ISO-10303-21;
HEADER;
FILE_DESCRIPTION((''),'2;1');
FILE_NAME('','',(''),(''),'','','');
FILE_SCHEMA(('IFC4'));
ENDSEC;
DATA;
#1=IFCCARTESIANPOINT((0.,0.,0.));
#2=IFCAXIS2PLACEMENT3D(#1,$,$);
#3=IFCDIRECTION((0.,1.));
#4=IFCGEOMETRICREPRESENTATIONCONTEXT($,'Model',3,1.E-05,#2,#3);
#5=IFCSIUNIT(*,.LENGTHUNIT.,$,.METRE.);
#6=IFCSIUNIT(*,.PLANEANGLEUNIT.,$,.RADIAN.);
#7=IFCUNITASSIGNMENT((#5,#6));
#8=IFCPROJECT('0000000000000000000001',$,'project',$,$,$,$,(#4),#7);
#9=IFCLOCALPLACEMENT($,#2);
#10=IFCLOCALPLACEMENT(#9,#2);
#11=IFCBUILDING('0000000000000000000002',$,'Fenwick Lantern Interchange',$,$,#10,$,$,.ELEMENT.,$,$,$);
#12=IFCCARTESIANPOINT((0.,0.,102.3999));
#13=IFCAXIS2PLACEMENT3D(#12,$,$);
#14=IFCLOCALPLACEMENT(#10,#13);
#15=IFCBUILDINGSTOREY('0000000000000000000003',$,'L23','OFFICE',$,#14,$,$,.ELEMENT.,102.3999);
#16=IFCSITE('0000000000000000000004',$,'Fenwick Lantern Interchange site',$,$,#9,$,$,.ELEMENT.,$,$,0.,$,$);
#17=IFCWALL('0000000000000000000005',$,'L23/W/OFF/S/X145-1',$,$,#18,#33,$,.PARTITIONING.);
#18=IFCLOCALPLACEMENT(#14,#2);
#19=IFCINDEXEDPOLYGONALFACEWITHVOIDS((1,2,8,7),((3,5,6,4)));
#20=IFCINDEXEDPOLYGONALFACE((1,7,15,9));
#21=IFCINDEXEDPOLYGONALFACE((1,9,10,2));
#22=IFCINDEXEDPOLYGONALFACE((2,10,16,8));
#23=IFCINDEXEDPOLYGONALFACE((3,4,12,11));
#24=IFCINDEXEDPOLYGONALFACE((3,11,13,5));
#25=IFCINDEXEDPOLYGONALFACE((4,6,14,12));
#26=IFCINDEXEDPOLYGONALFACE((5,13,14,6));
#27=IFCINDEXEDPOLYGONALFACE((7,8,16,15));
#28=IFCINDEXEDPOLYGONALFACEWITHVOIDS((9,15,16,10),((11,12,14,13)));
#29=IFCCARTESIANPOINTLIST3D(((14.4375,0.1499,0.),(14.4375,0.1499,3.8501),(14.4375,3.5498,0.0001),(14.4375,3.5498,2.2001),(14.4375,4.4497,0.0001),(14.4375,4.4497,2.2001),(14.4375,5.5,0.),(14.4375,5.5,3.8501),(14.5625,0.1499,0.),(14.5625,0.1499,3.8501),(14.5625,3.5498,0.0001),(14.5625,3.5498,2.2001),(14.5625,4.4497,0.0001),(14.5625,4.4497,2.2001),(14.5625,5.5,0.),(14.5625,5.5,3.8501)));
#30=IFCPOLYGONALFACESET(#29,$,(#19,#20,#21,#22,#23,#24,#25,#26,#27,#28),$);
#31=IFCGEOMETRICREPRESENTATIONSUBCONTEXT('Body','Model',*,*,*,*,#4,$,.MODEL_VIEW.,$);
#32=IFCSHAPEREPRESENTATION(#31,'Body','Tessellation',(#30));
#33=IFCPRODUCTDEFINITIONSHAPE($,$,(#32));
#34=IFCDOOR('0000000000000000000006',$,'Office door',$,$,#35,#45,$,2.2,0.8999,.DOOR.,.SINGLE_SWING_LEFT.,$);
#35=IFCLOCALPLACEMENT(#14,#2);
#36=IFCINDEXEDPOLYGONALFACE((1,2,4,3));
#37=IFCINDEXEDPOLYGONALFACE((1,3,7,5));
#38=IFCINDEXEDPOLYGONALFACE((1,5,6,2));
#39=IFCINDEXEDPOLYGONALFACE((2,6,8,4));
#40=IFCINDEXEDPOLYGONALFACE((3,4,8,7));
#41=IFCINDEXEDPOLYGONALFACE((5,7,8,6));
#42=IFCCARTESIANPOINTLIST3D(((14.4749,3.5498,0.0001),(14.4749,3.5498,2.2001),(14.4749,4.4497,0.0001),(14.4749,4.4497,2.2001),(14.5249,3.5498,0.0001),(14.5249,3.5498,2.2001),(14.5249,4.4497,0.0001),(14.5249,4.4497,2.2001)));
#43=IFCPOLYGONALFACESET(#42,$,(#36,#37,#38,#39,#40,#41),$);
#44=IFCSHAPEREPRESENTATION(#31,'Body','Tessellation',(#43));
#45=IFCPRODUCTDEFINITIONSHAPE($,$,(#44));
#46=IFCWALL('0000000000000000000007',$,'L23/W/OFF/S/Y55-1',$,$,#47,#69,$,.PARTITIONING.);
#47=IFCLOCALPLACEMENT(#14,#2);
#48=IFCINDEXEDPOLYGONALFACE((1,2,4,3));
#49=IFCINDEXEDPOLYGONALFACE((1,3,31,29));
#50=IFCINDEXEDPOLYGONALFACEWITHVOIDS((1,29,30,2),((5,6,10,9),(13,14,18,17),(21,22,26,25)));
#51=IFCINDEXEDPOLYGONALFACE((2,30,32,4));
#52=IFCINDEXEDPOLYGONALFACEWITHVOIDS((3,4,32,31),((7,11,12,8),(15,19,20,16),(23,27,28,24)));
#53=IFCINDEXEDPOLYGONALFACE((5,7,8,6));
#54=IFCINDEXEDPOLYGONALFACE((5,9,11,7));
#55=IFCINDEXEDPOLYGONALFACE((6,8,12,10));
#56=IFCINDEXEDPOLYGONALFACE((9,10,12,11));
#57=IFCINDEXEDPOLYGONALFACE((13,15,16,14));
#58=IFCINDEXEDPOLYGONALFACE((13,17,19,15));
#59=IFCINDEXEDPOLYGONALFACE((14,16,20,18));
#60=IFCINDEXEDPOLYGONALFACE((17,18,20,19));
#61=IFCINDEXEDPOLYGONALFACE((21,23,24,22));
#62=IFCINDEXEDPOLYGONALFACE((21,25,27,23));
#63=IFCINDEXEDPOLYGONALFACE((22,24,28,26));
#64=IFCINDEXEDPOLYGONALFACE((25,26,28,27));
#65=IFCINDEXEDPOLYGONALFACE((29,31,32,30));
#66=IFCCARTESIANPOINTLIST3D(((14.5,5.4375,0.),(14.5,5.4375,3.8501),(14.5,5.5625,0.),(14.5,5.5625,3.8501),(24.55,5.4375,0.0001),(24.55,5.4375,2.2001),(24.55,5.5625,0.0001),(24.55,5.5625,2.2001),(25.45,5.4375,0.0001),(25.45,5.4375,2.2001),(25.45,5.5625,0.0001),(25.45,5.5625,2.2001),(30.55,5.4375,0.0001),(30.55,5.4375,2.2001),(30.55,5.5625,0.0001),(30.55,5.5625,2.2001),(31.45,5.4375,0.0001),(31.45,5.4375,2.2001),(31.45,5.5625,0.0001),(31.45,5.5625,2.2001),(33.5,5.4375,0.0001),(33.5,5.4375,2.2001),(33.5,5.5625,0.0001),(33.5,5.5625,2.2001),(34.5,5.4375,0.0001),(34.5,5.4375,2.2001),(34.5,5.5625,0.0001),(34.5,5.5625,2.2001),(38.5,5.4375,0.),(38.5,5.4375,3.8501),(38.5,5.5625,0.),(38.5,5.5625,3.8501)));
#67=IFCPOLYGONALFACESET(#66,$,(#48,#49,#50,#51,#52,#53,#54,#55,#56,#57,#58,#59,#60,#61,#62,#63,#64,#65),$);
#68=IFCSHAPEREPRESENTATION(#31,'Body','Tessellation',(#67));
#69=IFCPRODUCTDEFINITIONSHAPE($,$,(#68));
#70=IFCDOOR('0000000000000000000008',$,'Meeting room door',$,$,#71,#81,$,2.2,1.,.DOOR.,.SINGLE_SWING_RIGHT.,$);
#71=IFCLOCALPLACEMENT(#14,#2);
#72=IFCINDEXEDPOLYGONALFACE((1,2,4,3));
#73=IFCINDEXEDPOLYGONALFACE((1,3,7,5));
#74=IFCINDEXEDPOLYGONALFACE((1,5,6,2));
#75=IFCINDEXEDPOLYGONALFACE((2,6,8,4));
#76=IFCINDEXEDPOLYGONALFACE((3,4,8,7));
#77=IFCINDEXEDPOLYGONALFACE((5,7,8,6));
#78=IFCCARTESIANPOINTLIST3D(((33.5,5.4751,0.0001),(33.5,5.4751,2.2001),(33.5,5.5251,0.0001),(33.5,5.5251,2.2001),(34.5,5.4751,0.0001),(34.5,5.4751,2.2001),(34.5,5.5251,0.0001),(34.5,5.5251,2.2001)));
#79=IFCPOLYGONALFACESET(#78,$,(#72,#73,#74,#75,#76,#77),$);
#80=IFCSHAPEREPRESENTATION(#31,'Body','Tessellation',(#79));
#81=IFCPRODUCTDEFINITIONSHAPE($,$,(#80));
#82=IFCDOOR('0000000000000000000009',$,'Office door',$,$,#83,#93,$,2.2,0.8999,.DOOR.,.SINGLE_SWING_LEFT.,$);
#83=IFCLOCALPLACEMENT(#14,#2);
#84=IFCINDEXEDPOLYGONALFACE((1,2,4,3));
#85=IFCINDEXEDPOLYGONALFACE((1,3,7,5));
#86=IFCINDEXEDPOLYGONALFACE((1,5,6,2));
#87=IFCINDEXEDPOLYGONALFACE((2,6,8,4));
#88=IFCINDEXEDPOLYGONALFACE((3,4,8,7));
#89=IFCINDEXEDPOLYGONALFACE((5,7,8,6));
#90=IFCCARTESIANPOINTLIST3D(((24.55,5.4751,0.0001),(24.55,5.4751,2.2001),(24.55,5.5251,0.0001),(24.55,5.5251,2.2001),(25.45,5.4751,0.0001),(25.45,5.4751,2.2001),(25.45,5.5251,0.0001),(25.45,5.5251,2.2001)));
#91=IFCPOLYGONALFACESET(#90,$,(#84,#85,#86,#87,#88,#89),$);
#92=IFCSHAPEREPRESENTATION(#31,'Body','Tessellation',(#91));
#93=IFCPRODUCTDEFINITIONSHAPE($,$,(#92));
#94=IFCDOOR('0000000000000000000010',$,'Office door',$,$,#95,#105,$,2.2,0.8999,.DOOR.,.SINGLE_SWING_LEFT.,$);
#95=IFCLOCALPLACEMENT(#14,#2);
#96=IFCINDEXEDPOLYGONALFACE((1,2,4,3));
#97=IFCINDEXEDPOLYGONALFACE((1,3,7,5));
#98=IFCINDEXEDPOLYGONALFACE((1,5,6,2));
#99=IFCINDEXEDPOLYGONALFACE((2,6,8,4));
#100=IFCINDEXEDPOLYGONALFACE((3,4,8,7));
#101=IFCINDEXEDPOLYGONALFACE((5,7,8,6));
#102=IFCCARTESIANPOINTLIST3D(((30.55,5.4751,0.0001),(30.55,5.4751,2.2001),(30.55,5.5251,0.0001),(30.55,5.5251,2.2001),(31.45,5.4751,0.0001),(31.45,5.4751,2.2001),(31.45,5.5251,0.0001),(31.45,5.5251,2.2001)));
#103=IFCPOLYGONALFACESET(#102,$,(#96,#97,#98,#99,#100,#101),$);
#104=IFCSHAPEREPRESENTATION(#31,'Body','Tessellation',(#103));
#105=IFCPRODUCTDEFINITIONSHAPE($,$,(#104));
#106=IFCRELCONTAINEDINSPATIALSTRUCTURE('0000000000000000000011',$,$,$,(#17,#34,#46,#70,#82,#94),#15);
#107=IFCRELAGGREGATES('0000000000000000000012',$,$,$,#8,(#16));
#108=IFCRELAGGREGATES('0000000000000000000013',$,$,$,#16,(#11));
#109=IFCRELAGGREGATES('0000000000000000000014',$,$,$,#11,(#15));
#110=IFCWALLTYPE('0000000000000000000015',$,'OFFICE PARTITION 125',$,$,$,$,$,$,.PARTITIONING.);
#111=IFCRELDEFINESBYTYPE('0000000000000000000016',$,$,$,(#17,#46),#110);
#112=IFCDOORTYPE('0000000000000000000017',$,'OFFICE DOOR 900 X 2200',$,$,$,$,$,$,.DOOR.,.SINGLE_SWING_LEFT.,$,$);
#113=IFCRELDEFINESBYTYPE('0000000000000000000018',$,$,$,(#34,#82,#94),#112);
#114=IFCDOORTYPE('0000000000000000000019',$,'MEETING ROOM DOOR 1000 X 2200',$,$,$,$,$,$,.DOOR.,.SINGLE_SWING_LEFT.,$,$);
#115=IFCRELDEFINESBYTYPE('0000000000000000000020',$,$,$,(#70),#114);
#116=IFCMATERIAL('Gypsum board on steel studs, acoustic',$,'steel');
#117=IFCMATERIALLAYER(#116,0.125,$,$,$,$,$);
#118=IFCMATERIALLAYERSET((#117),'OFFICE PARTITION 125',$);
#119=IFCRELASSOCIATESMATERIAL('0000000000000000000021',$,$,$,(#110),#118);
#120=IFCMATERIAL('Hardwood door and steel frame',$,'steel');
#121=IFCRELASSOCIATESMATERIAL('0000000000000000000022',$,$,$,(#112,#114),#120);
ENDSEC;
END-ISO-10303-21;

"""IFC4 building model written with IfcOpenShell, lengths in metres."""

from ifc_helpers import new_model, si_unit, direction, frame, frame_2d, origin, place, context, subcontext, project, spatial, rectangle, extrude, material, layer, layer_set, type_object, element, fill, save


model = new_model("IFC4")

# Units and contexts
model_context = context("Model", 3, precision=1e-05, world=origin(), true_north=direction((0.0, 1.0)))
body_context = subcontext(model_context, "Body", "Model", "MODEL_VIEW")
ifc_project = project(units=[si_unit("LENGTHUNIT", "METRE"), si_unit("PLANEANGLEUNIT", "RADIAN")], contexts=[model_context])

# Site, building, storey
site_placement = place(None, origin())
site = spatial("IfcSite", under=ifc_project, at=site_placement, Name="Fenwick Lantern Interchange site", CompositionType="ELEMENT", RefElevation=0.0)
building_placement = place(site_placement, origin())
building = spatial("IfcBuilding", under=site, at=building_placement, Name="Fenwick Lantern Interchange", CompositionType="ELEMENT")
storey_placement = place(building_placement, frame((0.0, 0.0, 102.3999)))
storey = spatial("IfcBuildingStorey", under=building, at=storey_placement, Name="L23", Description="OFFICE", CompositionType="ELEMENT", Elevation=102.3999)

# Wall, opening, door
ifc_material_1 = material(Name="Gypsum board on steel studs, acoustic", Category="steel")
ifc_layer_1 = layer(ifc_material_1, 0.125)
ifc_layer_set_1 = layer_set([ifc_layer_1], Name="OFFICE PARTITION 125")
wall_type = type_object("IfcWallType", Name="OFFICE PARTITION 125", PredefinedType="PARTITIONING", material=ifc_layer_set_1)
wall_1_placement = place(storey_placement, frame((14.5, 0.1499, 0.0), z_axis=(0.0, 0.0, 1.0), x_axis=(0.0, 1.0, 0.0)))
wall_1 = element("IfcWall", 1, at=wall_1_placement, inside=storey, type_object=wall_type, Name="L23/W/OFF/S/X145-1", PredefinedType="PARTITIONING", context=body_context, shape_type="SweptSolid", body=[
    extrude(rectangle(XDim=5.3501, YDim=0.125, at=frame_2d((2.675, 0.0))), origin(), (0.0, 0.0, 1.0), 3.8501),
])
opening_1_placement = place(wall_1_placement, frame((3.3999, 0.0, 0.0)))
opening_1 = element("IfcOpeningElement", 2, at=opening_1_placement, cuts=wall_1, PredefinedType="OPENING", context=body_context, shape_type="SweptSolid", body=[
    extrude(rectangle(XDim=0.8999, YDim=2.2, at=frame_2d((0.45, 1.1001))), frame((0.0, 0.0725, 0.0), z_axis=(0.0, -1.0, 0.0), x_axis=(1.0, 0.0, 0.0)), (0.0, 0.0, 1.0), 0.145),
])
ifc_material_2 = material(Name="Hardwood door and steel frame", Category="steel")
door_type_1 = type_object("IfcDoorType", Name="OFFICE DOOR 900 X 2200", OperationType="SINGLE_SWING_LEFT", PredefinedType="DOOR", material=ifc_material_2)
door_1_placement = place(opening_1_placement, frame((0.8999, 0.0, 0.0), z_axis=(0.0, 0.0, 1.0), x_axis=(-1.0, 0.0, 0.0)))
door_1 = element("IfcDoor", 3, at=door_1_placement, inside=storey, type_object=door_type_1, Name="Office door", OperationType="SINGLE_SWING_LEFT", OverallHeight=2.2, OverallWidth=0.8999, PredefinedType="DOOR", context=body_context, shape_type="SweptSolid", body=[
    extrude(rectangle(XDim=0.8999, YDim=2.2, at=frame_2d((0.45, 1.1001))), frame((0.0, 0.0249, 0.0), z_axis=(0.0, -1.0, 0.0), x_axis=(1.0, 0.0, 0.0)), (0.0, 0.0, 1.0), 0.05),
])
fill(opening_1, door_1)

# Wall, openings, doors
wall_2_placement = place(storey_placement, frame((14.5, 5.5, 0.0), z_axis=(0.0, 0.0, 1.0), x_axis=(1.0, 0.0, 0.0)))
wall_2 = element("IfcWall", 4, at=wall_2_placement, inside=storey, type_object=wall_type, Name="L23/W/OFF/S/Y55-1", PredefinedType="PARTITIONING", context=body_context, shape_type="SweptSolid", body=[
    extrude(rectangle(XDim=24.0, YDim=0.125, at=frame_2d((12.0, 0.0))), origin(), (0.0, 0.0, 1.0), 3.8501),
])
opening_2_placement = place(wall_2_placement, frame((10.05, 0.0, 0.0)))
opening_2 = element("IfcOpeningElement", 5, at=opening_2_placement, cuts=wall_2, PredefinedType="OPENING", context=body_context, shape_type="SweptSolid", body=[
    extrude(rectangle(XDim=0.8999, YDim=2.2, at=frame_2d((0.45, 1.1001))), frame((0.0, 0.0725, 0.0), z_axis=(0.0, -1.0, 0.0), x_axis=(1.0, 0.0, 0.0)), (0.0, 0.0, 1.0), 0.145),
])
opening_3_placement = place(wall_2_placement, frame((16.05, 0.0, 0.0)))
opening_3 = element("IfcOpeningElement", 6, at=opening_3_placement, cuts=wall_2, PredefinedType="OPENING", context=body_context, shape_type="SweptSolid", body=[
    extrude(rectangle(XDim=0.8999, YDim=2.2, at=frame_2d((0.45, 1.1001))), frame((0.0, 0.0725, 0.0), z_axis=(0.0, -1.0, 0.0), x_axis=(1.0, 0.0, 0.0)), (0.0, 0.0, 1.0), 0.145),
])
opening_4_placement = place(wall_2_placement, frame((19.0, 0.0, 0.0)))
opening_4 = element("IfcOpeningElement", 7, at=opening_4_placement, cuts=wall_2, PredefinedType="OPENING", context=body_context, shape_type="SweptSolid", body=[
    extrude(rectangle(XDim=1.0, YDim=2.2, at=frame_2d((0.5, 1.1001))), frame((0.0, 0.0725, 0.0), z_axis=(0.0, -1.0, 0.0), x_axis=(1.0, 0.0, 0.0)), (0.0, 0.0, 1.0), 0.145),
])
door_type_2 = type_object("IfcDoorType", Name="MEETING ROOM DOOR 1000 X 2200", OperationType="SINGLE_SWING_LEFT", PredefinedType="DOOR", material=ifc_material_2)
door_2_placement = place(opening_4_placement, frame((1.0, 0.0, 0.0), z_axis=(0.0, 0.0, 1.0), x_axis=(-1.0, 0.0, 0.0)))
door_2 = element("IfcDoor", 8, at=door_2_placement, inside=storey, type_object=door_type_2, Name="Meeting room door", OperationType="SINGLE_SWING_RIGHT", OverallHeight=2.2, OverallWidth=1.0, PredefinedType="DOOR", context=body_context, shape_type="SweptSolid", body=[
    extrude(rectangle(XDim=1.0, YDim=2.2, at=frame_2d((0.5, 1.1001))), frame((0.0, 0.0249, 0.0), z_axis=(0.0, -1.0, 0.0), x_axis=(1.0, 0.0, 0.0)), (0.0, 0.0, 1.0), 0.05),
])
fill(opening_4, door_2)
door_3_placement = place(opening_2_placement, frame((0.8999, 0.0, 0.0), z_axis=(0.0, 0.0, 1.0), x_axis=(-1.0, 0.0, 0.0)))
door_3 = element("IfcDoor", 9, at=door_3_placement, inside=storey, type_object=door_type_1, Name="Office door", OperationType="SINGLE_SWING_LEFT", OverallHeight=2.2, OverallWidth=0.8999, PredefinedType="DOOR", context=body_context, shape_type="SweptSolid", body=[
    extrude(rectangle(XDim=0.8999, YDim=2.2, at=frame_2d((0.45, 1.1001))), frame((0.0, 0.0249, 0.0), z_axis=(0.0, -1.0, 0.0), x_axis=(1.0, 0.0, 0.0)), (0.0, 0.0, 1.0), 0.05),
])
fill(opening_2, door_3)
door_4_placement = place(opening_3_placement, frame((0.8999, 0.0, 0.0), z_axis=(0.0, 0.0, 1.0), x_axis=(-1.0, 0.0, 0.0)))
door_4 = element("IfcDoor", 10, at=door_4_placement, inside=storey, type_object=door_type_1, Name="Office door", OperationType="SINGLE_SWING_LEFT", OverallHeight=2.2, OverallWidth=0.8999, PredefinedType="DOOR", context=body_context, shape_type="SweptSolid", body=[
    extrude(rectangle(XDim=0.8999, YDim=2.2, at=frame_2d((0.45, 1.1001))), frame((0.0, 0.0249, 0.0), z_axis=(0.0, -1.0, 0.0), x_axis=(1.0, 0.0, 0.0)), (0.0, 0.0, 1.0), 0.05),
])
fill(opening_3, door_4)

save(model, "model.ifc")
